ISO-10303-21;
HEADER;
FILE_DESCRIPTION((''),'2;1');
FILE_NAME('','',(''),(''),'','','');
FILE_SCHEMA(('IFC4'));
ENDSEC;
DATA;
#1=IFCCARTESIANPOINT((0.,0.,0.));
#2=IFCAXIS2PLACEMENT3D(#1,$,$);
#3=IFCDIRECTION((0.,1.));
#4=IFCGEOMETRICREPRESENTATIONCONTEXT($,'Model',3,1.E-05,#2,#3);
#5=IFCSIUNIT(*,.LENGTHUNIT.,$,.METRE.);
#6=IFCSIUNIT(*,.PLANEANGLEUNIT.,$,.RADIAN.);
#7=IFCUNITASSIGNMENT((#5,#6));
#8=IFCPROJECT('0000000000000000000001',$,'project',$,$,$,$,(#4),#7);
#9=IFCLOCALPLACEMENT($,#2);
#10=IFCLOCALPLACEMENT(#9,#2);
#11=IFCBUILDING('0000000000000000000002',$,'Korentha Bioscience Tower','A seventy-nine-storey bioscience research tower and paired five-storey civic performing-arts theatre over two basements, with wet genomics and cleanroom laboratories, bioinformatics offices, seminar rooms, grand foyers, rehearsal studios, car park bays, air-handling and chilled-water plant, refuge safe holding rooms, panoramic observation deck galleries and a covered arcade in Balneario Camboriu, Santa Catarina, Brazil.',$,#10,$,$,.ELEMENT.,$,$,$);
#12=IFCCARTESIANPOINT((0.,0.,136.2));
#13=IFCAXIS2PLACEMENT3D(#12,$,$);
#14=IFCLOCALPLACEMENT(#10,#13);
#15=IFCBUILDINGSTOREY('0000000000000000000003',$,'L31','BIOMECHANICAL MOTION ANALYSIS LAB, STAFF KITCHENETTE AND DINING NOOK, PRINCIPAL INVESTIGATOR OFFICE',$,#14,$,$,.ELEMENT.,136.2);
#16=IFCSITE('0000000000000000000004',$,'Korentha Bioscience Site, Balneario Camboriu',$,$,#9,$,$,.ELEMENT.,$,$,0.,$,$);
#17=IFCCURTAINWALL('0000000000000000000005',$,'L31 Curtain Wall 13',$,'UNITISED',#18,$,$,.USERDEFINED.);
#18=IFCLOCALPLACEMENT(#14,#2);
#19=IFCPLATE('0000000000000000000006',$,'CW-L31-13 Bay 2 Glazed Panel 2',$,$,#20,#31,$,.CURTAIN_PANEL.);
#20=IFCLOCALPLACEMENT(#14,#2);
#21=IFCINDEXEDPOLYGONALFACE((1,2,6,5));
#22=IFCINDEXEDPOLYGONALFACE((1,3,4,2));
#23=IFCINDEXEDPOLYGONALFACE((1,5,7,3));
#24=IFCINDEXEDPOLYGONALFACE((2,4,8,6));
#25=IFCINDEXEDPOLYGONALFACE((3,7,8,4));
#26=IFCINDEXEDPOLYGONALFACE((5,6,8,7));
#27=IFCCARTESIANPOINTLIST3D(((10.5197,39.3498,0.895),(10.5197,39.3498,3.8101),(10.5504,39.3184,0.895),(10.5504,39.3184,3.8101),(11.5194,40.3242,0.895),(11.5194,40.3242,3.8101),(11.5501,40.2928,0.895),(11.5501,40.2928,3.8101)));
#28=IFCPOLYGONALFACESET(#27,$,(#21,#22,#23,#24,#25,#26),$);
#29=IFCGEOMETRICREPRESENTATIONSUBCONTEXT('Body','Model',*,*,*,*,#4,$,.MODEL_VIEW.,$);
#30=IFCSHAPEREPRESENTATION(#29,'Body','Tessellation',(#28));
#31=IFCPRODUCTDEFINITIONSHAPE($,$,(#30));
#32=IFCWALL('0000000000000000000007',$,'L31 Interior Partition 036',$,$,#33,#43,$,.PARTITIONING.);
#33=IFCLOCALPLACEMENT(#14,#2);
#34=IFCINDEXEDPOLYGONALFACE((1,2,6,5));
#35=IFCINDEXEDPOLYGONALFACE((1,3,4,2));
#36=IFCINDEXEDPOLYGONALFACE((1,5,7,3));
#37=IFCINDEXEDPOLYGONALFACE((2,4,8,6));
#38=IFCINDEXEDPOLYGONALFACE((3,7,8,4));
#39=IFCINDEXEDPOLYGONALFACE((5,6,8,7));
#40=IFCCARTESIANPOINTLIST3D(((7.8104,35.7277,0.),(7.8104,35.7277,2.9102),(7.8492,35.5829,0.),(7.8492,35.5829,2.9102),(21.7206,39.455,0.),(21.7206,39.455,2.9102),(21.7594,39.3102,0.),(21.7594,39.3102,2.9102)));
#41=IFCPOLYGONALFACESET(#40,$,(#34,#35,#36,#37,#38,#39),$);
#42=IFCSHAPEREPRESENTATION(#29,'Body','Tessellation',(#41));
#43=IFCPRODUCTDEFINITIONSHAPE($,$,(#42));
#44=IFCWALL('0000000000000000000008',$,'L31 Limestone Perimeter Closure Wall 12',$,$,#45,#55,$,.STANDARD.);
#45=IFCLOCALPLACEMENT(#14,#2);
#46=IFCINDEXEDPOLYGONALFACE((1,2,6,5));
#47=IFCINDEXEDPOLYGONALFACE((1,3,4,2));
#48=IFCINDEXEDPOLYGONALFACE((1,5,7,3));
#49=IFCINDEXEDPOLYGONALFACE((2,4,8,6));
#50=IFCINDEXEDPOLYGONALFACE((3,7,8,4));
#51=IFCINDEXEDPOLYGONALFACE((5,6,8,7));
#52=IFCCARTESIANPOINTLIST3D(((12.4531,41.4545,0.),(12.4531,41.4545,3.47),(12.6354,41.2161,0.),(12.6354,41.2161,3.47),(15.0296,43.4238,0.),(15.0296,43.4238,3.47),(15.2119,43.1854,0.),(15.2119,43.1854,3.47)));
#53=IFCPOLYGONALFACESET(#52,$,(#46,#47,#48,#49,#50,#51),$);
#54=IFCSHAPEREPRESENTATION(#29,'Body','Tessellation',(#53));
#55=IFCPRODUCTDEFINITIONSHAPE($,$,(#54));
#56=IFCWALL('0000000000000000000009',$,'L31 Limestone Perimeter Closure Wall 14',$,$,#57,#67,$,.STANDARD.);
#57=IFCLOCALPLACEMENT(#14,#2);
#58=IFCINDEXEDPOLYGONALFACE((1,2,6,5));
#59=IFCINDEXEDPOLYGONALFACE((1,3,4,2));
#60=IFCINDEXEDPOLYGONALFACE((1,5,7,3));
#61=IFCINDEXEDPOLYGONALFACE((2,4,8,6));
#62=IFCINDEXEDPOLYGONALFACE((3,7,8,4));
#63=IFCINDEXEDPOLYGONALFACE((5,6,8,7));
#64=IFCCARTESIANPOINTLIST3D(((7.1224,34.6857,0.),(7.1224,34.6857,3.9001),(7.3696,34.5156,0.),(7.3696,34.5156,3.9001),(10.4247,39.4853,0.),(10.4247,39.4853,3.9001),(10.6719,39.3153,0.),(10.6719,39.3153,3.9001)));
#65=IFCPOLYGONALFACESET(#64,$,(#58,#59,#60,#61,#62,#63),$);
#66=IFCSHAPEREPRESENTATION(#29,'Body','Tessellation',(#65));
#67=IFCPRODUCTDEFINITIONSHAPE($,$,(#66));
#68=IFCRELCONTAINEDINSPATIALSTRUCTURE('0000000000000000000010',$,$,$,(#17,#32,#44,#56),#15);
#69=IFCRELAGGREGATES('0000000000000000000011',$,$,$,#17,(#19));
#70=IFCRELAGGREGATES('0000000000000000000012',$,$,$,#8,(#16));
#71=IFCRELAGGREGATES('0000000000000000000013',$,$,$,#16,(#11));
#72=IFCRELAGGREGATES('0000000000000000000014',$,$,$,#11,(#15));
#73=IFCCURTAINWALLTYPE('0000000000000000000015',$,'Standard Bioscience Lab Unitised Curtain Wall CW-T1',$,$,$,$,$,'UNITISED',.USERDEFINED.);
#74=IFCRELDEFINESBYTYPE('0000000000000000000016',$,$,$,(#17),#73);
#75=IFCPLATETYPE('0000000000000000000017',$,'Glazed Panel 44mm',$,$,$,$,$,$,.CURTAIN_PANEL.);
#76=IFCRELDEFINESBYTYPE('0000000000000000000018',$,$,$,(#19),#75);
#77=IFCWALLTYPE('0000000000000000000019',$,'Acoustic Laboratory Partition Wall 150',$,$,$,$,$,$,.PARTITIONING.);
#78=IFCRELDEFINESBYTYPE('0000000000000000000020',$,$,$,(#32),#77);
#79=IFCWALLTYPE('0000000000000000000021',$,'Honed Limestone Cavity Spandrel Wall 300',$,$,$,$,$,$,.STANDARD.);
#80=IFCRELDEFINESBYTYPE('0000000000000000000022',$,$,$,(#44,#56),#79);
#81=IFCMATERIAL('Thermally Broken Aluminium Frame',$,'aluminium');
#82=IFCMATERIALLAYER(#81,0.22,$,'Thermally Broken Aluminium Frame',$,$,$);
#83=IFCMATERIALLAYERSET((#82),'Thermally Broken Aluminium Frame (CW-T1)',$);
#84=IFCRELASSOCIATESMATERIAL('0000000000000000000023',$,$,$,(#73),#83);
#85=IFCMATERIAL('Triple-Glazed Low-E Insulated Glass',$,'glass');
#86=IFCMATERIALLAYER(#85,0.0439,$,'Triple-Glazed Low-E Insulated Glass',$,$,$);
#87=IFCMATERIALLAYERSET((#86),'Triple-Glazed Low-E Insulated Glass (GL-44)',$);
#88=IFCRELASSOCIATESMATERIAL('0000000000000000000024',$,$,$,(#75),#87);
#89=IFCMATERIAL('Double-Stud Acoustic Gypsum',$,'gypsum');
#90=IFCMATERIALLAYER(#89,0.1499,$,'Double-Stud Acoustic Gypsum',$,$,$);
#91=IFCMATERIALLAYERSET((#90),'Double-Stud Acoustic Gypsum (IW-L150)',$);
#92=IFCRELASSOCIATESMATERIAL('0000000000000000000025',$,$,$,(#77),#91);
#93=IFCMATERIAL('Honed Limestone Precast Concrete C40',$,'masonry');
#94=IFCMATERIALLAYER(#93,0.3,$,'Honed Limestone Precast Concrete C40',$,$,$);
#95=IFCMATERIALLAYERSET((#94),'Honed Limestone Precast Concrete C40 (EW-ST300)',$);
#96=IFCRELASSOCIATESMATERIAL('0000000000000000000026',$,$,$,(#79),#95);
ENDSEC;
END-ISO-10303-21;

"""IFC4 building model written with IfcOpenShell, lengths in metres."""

from ifc_helpers import new_model, si_unit, direction, frame, frame_2d, origin, origin_2d, place, context, subcontext, project, spatial, rectangle, extrude, material, layer, layer_set, type_object, element, aggregate, save


model = new_model("IFC4")

# Units and contexts
model_context = context("Model", 3, precision=1e-05, world=origin(), true_north=direction((0.0, 1.0)))
body_context = subcontext(model_context, "Body", "Model", "MODEL_VIEW")
ifc_project = project(units=[si_unit("LENGTHUNIT", "METRE"), si_unit("PLANEANGLEUNIT", "RADIAN")], contexts=[model_context])

# Site, building, storey
site_placement = place(None, origin())
site = spatial("IfcSite", under=ifc_project, at=site_placement, Name="Korentha Bioscience Site, Balneario Camboriu", CompositionType="ELEMENT", RefElevation=0.0)
building_placement = place(site_placement, origin())
building = spatial("IfcBuilding", under=site, at=building_placement, Name="Korentha Bioscience Tower", Description="A seventy-nine-storey bioscience research tower and paired five-storey civic performing-arts theatre over two basements, with wet genomics and cleanroom laboratories, bioinformatics offices, seminar rooms, grand foyers, rehearsal studios, car park bays, air-handling and chilled-water plant, refuge safe holding rooms, panoramic observation deck galleries and a covered arcade in Balneario Camboriu, Santa Catarina, Brazil.", CompositionType="ELEMENT")
storey_placement = place(building_placement, frame((0.0, 0.0, 136.2)))
storey = spatial("IfcBuildingStorey", under=building, at=storey_placement, Name="L31", Description="BIOMECHANICAL MOTION ANALYSIS LAB, STAFF KITCHENETTE AND DINING NOOK, PRINCIPAL INVESTIGATOR OFFICE", CompositionType="ELEMENT", Elevation=136.2)

# Curtain wall
ifc_material_1 = material(Name="Thermally Broken Aluminium Frame", Category="aluminium")
ifc_layer_1 = layer(ifc_material_1, 0.22, Name="Thermally Broken Aluminium Frame")
ifc_layer_set_1 = layer_set([ifc_layer_1], Name="Thermally Broken Aluminium Frame (CW-T1)")
curtain_wall_type = type_object("IfcCurtainWallType", Name="Standard Bioscience Lab Unitised Curtain Wall CW-T1", ElementType="UNITISED", PredefinedType="USERDEFINED", material=ifc_layer_set_1)
curtain_wall_placement = place(storey_placement, origin())
curtain_wall = element("IfcCurtainWall", 1, at=curtain_wall_placement, inside=storey, type_object=curtain_wall_type, Name="L31 Curtain Wall 13", ObjectType="UNITISED", PredefinedType="USERDEFINED")

# Plate
ifc_material_2 = material(Name="Triple-Glazed Low-E Insulated Glass", Category="glass")
ifc_layer_2 = layer(ifc_material_2, 0.0439, Name="Triple-Glazed Low-E Insulated Glass")
ifc_layer_set_2 = layer_set([ifc_layer_2], Name="Triple-Glazed Low-E Insulated Glass (GL-44)")
plate_type = type_object("IfcPlateType", Name="Glazed Panel 44mm", PredefinedType="CURTAIN_PANEL", material=ifc_layer_set_2)
plate_1_placement = place(storey_placement, frame((11.0349, 39.8213, 0.895), z_axis=(0.0, 0.0, 1.0), x_axis=(-0.716096, -0.698002, 0.0)))
plate_1 = element("IfcPlate", 2, at=plate_1_placement, type_object=plate_type, Name="CW-L31-13 Bay 2 Glazed Panel 2", PredefinedType="CURTAIN_PANEL", context=body_context, shape_type="SweptSolid", body=[
    extrude(rectangle(XDim=1.396, YDim=0.0439, at=origin_2d()), origin(), (0.0, 0.0, 1.0), 2.915),
])
aggregate(curtain_wall, [plate_1])

# Walls
ifc_material_3 = material(Name="Double-Stud Acoustic Gypsum", Category="gypsum")
ifc_layer_3 = layer(ifc_material_3, 0.1499, Name="Double-Stud Acoustic Gypsum")
ifc_layer_set_3 = layer_set([ifc_layer_3], Name="Double-Stud Acoustic Gypsum (IW-L150)")
wall_type_1 = type_object("IfcWallType", Name="Acoustic Laboratory Partition Wall 150", PredefinedType="PARTITIONING", material=ifc_layer_set_3)
wall_1_placement = place(storey_placement, frame((7.8298, 35.6553, 0.0), z_axis=(0.0, 0.0, 1.0), x_axis=(0.965924, 0.258824, 0.0)))
element("IfcWall", 3, at=wall_1_placement, inside=storey, type_object=wall_type_1, Name="L31 Interior Partition 036", PredefinedType="PARTITIONING", context=body_context, shape_type="SweptSolid", body=[
    extrude(rectangle(XDim=14.4009, YDim=0.1499, at=frame_2d((7.2004, 0.0))), origin(), (0.0, 0.0, 1.0), 2.9102),
])
ifc_material_4 = material(Name="Honed Limestone Precast Concrete C40", Category="masonry")
ifc_layer_4 = layer(ifc_material_4, 0.3, Name="Honed Limestone Precast Concrete C40")
ifc_layer_set_4 = layer_set([ifc_layer_4], Name="Honed Limestone Precast Concrete C40 (EW-ST300)")
wall_type_2 = type_object("IfcWallType", Name="Honed Limestone Cavity Spandrel Wall 300", PredefinedType="STANDARD", material=ifc_layer_set_4)
wall_2_placement = place(storey_placement, frame((15.1208, 43.3047, 0.0), z_axis=(0.0, 0.0, 1.0), x_axis=(-0.794501, -0.607263, 0.0)))
element("IfcWall", 4, at=wall_2_placement, inside=storey, type_object=wall_type_2, Name="L31 Limestone Perimeter Closure Wall 12", PredefinedType="STANDARD", context=body_context, shape_type="SweptSolid", body=[
    extrude(rectangle(XDim=3.2429, YDim=0.3, at=frame_2d((1.6216, 0.0))), origin(), (0.0, 0.0, 1.0), 3.47),
])
wall_3_placement = place(storey_placement, frame((10.5483, 39.4004, 0.0), z_axis=(0.0, 0.0, 1.0), x_axis=(-0.566826, -0.823838, 0.0)))
element("IfcWall", 5, at=wall_3_placement, inside=storey, type_object=wall_type_2, Name="L31 Limestone Perimeter Closure Wall 14", PredefinedType="STANDARD", context=body_context, shape_type="SweptSolid", body=[
    extrude(rectangle(XDim=5.8259, YDim=0.3, at=frame_2d((2.9131, 0.0))), origin(), (0.0, 0.0, 1.0), 3.9001),
])

save(model, "model.ifc")
